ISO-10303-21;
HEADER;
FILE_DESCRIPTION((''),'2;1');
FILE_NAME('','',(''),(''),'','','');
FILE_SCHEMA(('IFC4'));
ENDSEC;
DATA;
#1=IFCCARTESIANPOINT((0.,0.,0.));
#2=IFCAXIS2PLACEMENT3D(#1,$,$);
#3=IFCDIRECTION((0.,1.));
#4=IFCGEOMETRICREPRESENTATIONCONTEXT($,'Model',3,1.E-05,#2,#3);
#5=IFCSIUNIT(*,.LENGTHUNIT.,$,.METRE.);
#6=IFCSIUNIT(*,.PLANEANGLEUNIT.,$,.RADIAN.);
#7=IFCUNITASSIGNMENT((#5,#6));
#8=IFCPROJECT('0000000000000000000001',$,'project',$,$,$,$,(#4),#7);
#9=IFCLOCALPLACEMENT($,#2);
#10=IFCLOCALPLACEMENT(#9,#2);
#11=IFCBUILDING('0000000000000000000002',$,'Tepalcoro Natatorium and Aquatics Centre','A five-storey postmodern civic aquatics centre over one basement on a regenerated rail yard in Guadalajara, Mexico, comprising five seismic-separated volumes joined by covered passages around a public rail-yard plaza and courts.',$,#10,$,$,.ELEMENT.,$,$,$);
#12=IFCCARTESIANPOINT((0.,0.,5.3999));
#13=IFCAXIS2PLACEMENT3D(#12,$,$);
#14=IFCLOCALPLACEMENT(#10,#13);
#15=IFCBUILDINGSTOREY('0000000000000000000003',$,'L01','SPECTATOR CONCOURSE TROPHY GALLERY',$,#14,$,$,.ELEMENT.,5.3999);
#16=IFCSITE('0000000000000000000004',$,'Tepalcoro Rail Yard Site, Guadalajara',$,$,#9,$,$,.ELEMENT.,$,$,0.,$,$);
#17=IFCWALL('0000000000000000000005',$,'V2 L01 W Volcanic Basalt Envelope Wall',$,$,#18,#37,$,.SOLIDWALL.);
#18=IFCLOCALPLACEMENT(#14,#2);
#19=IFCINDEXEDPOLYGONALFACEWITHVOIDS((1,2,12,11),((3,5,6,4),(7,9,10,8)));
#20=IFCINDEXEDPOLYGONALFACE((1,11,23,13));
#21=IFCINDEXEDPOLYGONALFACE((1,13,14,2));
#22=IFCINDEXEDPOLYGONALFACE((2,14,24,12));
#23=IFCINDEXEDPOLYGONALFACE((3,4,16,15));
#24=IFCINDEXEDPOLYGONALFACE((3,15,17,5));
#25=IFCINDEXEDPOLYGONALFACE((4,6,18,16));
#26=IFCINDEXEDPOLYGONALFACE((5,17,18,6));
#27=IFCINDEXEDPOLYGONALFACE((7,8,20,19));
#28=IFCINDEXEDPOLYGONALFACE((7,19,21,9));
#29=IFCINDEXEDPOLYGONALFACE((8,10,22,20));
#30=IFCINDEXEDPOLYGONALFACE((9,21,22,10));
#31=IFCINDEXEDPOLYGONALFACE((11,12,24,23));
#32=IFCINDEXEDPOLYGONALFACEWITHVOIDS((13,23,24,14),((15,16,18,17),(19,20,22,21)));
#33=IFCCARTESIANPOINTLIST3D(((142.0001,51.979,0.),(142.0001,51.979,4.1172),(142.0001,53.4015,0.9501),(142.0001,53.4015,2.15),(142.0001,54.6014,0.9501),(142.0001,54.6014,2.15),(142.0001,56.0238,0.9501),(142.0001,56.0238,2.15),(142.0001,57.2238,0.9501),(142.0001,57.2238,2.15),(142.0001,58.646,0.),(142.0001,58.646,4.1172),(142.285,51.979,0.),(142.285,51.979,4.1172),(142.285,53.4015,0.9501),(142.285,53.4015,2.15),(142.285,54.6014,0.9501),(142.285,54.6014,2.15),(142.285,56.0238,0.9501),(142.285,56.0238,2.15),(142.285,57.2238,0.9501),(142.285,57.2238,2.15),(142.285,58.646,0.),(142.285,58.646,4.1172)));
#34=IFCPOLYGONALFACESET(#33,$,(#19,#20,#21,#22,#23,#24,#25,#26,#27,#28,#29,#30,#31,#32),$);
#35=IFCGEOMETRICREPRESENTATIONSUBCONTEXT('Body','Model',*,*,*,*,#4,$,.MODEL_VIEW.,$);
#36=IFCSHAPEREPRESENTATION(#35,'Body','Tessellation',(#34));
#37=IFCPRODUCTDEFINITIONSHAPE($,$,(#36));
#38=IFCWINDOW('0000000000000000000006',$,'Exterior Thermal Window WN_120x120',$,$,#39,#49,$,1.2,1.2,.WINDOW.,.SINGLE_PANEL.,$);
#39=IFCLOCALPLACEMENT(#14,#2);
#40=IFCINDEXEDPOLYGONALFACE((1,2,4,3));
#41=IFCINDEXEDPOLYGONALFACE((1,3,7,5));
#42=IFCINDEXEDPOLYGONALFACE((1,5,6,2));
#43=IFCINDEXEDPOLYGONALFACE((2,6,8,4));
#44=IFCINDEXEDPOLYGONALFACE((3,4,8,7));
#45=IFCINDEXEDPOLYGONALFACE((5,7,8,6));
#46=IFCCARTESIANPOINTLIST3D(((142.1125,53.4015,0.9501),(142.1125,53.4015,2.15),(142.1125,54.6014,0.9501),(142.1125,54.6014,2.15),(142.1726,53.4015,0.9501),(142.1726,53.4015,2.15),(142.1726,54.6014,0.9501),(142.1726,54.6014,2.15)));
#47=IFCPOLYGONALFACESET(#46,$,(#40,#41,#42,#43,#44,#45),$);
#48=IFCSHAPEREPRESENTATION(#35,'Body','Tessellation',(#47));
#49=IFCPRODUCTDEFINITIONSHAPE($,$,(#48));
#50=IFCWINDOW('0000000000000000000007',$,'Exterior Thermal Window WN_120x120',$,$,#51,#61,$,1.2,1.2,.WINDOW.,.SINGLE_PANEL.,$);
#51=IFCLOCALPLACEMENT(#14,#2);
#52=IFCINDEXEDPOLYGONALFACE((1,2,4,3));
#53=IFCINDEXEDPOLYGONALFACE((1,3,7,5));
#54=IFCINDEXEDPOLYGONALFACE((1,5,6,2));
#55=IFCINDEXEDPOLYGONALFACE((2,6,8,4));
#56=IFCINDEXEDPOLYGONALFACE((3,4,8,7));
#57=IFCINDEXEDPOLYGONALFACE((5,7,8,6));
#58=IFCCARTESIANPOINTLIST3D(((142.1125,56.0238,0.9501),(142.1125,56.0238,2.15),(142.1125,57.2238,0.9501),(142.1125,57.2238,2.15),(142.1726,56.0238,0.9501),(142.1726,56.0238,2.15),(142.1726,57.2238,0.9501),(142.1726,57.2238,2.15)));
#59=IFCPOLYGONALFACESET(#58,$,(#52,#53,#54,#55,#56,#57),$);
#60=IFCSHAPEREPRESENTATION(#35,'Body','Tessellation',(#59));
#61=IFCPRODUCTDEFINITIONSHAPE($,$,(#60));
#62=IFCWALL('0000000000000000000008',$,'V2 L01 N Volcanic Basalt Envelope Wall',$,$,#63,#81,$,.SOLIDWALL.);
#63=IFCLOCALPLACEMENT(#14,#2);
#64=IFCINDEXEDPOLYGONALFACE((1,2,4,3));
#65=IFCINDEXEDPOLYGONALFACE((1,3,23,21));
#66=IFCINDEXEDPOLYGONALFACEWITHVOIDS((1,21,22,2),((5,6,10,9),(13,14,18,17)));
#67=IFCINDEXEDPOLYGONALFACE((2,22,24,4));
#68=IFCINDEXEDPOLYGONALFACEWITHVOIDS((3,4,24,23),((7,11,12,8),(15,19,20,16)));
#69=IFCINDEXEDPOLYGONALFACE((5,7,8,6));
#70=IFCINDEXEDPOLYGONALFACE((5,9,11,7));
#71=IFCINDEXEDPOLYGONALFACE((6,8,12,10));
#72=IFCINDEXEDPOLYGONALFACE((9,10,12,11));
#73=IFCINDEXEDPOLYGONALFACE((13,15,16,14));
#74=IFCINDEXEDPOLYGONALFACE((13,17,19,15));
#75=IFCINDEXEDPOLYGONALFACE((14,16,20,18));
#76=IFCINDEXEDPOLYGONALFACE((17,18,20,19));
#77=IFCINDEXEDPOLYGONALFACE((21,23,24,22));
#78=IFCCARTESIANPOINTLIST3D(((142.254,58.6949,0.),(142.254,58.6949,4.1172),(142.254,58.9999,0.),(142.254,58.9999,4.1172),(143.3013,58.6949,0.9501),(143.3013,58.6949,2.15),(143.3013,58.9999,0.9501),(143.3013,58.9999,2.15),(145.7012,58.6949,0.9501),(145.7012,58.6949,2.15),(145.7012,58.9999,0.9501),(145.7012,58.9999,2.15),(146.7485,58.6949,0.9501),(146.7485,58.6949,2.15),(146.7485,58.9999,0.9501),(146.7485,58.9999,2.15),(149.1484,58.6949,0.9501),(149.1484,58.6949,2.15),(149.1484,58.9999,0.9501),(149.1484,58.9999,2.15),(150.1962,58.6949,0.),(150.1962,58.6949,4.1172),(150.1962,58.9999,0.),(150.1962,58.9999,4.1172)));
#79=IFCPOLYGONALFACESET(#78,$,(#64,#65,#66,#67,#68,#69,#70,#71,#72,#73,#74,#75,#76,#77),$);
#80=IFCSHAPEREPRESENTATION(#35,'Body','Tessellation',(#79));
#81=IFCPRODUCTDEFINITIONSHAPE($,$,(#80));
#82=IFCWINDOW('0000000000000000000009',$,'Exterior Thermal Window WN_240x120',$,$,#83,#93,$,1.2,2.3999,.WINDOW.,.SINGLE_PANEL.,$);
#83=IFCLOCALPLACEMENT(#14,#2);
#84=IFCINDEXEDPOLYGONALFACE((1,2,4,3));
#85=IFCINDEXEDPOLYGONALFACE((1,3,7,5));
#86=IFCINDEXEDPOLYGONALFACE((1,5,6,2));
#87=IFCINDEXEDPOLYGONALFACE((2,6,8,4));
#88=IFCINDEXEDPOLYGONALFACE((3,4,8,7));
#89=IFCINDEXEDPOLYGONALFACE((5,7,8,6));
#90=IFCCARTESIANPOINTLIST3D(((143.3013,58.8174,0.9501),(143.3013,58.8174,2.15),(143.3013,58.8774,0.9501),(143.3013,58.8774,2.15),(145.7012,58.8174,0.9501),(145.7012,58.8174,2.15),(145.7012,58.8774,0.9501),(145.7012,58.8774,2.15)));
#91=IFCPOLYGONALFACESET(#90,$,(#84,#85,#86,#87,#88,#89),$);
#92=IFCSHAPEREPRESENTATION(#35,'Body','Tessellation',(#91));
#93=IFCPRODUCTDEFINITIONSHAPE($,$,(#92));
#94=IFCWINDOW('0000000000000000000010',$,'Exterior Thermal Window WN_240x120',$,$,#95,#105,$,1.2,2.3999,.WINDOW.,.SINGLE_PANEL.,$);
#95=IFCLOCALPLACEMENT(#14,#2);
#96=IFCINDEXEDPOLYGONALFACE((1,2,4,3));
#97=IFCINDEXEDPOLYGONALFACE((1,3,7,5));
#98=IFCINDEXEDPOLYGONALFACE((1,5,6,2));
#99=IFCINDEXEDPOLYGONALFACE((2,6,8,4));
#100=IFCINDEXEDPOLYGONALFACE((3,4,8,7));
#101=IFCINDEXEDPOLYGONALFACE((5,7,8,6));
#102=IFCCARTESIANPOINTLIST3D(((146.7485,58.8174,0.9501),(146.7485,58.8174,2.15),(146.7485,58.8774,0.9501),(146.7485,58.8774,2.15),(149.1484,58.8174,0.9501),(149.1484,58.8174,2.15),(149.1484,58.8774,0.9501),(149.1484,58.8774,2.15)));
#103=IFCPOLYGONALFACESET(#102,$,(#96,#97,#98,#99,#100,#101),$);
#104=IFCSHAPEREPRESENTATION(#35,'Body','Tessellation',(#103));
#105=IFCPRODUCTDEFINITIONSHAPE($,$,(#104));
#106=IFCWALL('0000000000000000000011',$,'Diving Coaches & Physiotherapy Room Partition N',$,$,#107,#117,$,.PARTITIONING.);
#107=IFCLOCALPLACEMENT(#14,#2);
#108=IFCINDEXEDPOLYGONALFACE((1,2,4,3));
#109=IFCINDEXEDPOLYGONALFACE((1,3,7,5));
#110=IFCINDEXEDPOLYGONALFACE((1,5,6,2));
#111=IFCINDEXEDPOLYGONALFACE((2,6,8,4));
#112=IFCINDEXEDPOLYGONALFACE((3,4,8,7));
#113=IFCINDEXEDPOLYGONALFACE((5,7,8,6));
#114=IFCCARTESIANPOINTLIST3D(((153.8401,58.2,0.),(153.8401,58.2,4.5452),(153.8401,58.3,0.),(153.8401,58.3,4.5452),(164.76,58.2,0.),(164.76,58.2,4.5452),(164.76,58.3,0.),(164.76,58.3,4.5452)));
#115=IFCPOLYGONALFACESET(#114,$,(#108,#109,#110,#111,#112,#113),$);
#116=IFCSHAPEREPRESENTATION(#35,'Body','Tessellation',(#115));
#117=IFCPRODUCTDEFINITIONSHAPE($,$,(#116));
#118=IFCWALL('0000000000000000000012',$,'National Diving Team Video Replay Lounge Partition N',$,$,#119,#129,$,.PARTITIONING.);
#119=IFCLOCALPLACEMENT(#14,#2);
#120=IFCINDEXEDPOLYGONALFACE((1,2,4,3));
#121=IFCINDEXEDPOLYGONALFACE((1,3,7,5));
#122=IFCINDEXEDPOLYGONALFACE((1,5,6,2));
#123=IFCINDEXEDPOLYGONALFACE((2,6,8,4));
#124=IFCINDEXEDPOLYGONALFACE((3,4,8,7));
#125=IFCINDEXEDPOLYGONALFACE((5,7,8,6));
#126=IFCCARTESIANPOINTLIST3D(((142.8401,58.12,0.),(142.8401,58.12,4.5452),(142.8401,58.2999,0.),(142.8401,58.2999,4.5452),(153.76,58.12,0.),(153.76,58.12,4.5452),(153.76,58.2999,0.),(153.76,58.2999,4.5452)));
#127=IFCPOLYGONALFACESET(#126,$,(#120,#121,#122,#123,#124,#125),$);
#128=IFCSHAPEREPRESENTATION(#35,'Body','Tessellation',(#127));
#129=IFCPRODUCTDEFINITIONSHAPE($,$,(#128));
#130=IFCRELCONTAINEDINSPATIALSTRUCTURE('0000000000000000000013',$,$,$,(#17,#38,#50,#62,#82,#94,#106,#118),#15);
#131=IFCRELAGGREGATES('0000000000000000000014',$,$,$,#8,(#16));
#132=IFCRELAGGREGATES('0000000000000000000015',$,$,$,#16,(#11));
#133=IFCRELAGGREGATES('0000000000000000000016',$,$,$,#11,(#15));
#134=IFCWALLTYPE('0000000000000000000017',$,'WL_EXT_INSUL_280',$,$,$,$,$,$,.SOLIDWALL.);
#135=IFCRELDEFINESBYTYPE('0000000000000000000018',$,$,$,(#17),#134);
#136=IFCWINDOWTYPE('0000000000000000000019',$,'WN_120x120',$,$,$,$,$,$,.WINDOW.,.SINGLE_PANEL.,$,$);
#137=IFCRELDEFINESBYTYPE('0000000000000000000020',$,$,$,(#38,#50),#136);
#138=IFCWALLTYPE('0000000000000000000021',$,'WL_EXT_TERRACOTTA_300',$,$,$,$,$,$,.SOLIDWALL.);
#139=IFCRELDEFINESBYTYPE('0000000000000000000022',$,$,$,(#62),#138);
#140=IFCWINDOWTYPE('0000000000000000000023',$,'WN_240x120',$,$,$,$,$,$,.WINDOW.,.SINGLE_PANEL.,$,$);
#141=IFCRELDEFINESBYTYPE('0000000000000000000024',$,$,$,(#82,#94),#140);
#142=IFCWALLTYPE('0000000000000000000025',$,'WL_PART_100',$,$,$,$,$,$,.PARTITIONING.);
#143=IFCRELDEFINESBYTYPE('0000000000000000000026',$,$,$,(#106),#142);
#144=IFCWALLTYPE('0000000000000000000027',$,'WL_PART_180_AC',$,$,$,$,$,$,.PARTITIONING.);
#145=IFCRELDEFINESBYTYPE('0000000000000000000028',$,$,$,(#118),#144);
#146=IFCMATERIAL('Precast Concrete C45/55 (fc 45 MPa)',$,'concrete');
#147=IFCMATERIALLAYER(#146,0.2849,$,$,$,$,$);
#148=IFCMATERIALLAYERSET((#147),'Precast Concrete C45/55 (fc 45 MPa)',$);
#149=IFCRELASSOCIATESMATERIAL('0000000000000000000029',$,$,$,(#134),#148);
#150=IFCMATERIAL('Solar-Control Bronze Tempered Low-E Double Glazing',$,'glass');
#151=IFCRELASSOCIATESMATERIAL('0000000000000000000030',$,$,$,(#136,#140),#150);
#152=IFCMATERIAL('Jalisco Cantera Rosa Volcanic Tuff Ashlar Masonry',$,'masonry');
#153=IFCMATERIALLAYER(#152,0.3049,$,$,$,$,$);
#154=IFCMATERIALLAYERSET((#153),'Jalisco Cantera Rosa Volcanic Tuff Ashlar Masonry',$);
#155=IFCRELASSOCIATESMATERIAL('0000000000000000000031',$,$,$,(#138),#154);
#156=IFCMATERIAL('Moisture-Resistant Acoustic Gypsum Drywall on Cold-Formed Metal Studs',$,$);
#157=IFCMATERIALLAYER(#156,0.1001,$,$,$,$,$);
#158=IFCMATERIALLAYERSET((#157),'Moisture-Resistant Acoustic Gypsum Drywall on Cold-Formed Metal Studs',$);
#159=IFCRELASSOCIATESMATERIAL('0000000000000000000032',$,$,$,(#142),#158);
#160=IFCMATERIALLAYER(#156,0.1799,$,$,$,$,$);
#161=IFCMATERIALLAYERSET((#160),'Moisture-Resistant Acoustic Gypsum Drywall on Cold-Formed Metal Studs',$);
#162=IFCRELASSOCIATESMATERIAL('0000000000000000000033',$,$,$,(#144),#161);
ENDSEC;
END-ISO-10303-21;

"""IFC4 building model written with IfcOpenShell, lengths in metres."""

from ifc_helpers import new_model, si_unit, direction, frame, frame_2d, origin, place, context, subcontext, project, spatial, rectangle, extrude, material, layer, layer_set, type_object, element, fill, save


model = new_model("IFC4")

# Units and contexts
model_context = context("Model", 3, precision=1e-05, world=origin(), true_north=direction((0.0, 1.0)))
body_context = subcontext(model_context, "Body", "Model", "MODEL_VIEW")
ifc_project = project(units=[si_unit("LENGTHUNIT", "METRE"), si_unit("PLANEANGLEUNIT", "RADIAN")], contexts=[model_context])

# Site, building, storey
site_placement = place(None, origin())
site = spatial("IfcSite", under=ifc_project, at=site_placement, Name="Tepalcoro Rail Yard Site, Guadalajara", CompositionType="ELEMENT", RefElevation=0.0)
building_placement = place(site_placement, origin())
building = spatial("IfcBuilding", under=site, at=building_placement, Name="Tepalcoro Natatorium and Aquatics Centre", Description="A five-storey postmodern civic aquatics centre over one basement on a regenerated rail yard in Guadalajara, Mexico, comprising five seismic-separated volumes joined by covered passages around a public rail-yard plaza and courts.", CompositionType="ELEMENT")
storey_placement = place(building_placement, frame((0.0, 0.0, 5.3999)))
storey = spatial("IfcBuildingStorey", under=building, at=storey_placement, Name="L01", Description="SPECTATOR CONCOURSE TROPHY GALLERY", CompositionType="ELEMENT", Elevation=5.3999)

# Shared definitions
ifc_material_1 = material(Name="Solar-Control Bronze Tempered Low-E Double Glazing", Category="glass")
ifc_material_2 = material(Name="Jalisco Cantera Rosa Volcanic Tuff Ashlar Masonry", Category="masonry")

# Walls, openings, windows
ifc_material_3 = material(Name="Precast Concrete C45/55 (fc 45 MPa)", Category="concrete")
ifc_layer_1 = layer(ifc_material_3, 0.2849)
ifc_layer_set_1 = layer_set([ifc_layer_1], Name="Precast Concrete C45/55 (fc 45 MPa)")
wall_type_1 = type_object("IfcWallType", Name="WL_EXT_INSUL_280", PredefinedType="SOLIDWALL", material=ifc_layer_set_1)
wall_1_placement = place(storey_placement, frame((142.1426, 51.979, 0.0), z_axis=(0.0, 0.0, 1.0), x_axis=(0.0, 1.0, 0.0)))
wall_1 = element("IfcWall", 1, at=wall_1_placement, inside=storey, type_object=wall_type_1, Name="V2 L01 W Volcanic Basalt Envelope Wall", PredefinedType="SOLIDWALL", context=body_context, shape_type="SweptSolid", body=[
    extrude(rectangle(XDim=6.667, YDim=0.2849, at=frame_2d((3.3335, 0.0))), origin(), (0.0, 0.0, 1.0), 4.1172),
])
opening_1_placement = place(wall_1_placement, frame((1.4224, 0.0, 0.95)))
opening_1 = element("IfcOpeningElement", 2, at=opening_1_placement, cuts=wall_1, PredefinedType="OPENING", context=body_context, shape_type="SweptSolid", body=[
    extrude(rectangle(XDim=1.2, YDim=1.2, at=frame_2d((0.6001, 0.6001))), frame((0.0, 0.1543, 0.0), z_axis=(0.0, -1.0, 0.0), x_axis=(1.0, 0.0, 0.0)), (0.0, 0.0, 1.0), 0.3088),
])
opening_2_placement = place(wall_1_placement, frame((4.0447, 0.0, 0.95)))
opening_2 = element("IfcOpeningElement", 3, at=opening_2_placement, cuts=wall_1, PredefinedType="OPENING", context=body_context, shape_type="SweptSolid", body=[
    extrude(rectangle(XDim=1.2, YDim=1.2, at=frame_2d((0.6001, 0.6001))), frame((0.0, 0.1543, 0.0), z_axis=(0.0, -1.0, 0.0), x_axis=(1.0, 0.0, 0.0)), (0.0, 0.0, 1.0), 0.3088),
])
window_type_1 = type_object("IfcWindowType", Name="WN_120x120", PartitioningType="SINGLE_PANEL", PredefinedType="WINDOW", material=ifc_material_1)
window_1_placement = place(opening_1_placement, origin())
window_1 = element("IfcWindow", 4, at=window_1_placement, inside=storey, type_object=window_type_1, Name="Exterior Thermal Window WN_120x120", OverallHeight=1.2, OverallWidth=1.2, PartitioningType="SINGLE_PANEL", PredefinedType="WINDOW", context=body_context, shape_type="SweptSolid", body=[
    extrude(rectangle(XDim=1.2, YDim=1.2, at=frame_2d((0.6001, 0.6001))), frame((0.0, 0.03, 0.0), z_axis=(0.0, -1.0, 0.0), x_axis=(1.0, 0.0, 0.0)), (0.0, 0.0, 1.0), 0.0601),
])
fill(opening_1, window_1)
window_2_placement = place(opening_2_placement, origin())
window_2 = element("IfcWindow", 5, at=window_2_placement, inside=storey, type_object=window_type_1, Name="Exterior Thermal Window WN_120x120", OverallHeight=1.2, OverallWidth=1.2, PartitioningType="SINGLE_PANEL", PredefinedType="WINDOW", context=body_context, shape_type="SweptSolid", body=[
    extrude(rectangle(XDim=1.2, YDim=1.2, at=frame_2d((0.6001, 0.6001))), frame((0.0, 0.03, 0.0), z_axis=(0.0, -1.0, 0.0), x_axis=(1.0, 0.0, 0.0)), (0.0, 0.0, 1.0), 0.0601),
])
fill(opening_2, window_2)
ifc_layer_2 = layer(ifc_material_2, 0.3049)
ifc_layer_set_2 = layer_set([ifc_layer_2], Name="Jalisco Cantera Rosa Volcanic Tuff Ashlar Masonry")
wall_type_2 = type_object("IfcWallType", Name="WL_EXT_TERRACOTTA_300", PredefinedType="SOLIDWALL", material=ifc_layer_set_2)
wall_2_placement = place(storey_placement, frame((142.2539, 58.8474, 0.0), z_axis=(0.0, 0.0, 1.0), x_axis=(1.0, 0.0, 0.0)))
wall_2 = element("IfcWall", 6, at=wall_2_placement, inside=storey, type_object=wall_type_2, Name="V2 L01 N Volcanic Basalt Envelope Wall", PredefinedType="SOLIDWALL", context=body_context, shape_type="SweptSolid", body=[
    extrude(rectangle(XDim=7.9421, YDim=0.3049, at=frame_2d((3.9712, 0.0))), origin(), (0.0, 0.0, 1.0), 4.1172),
])
opening_3_placement = place(wall_2_placement, frame((1.0474, 0.0, 0.95)))
opening_3 = element("IfcOpeningElement", 7, at=opening_3_placement, cuts=wall_2, PredefinedType="OPENING", context=body_context, shape_type="SweptSolid", body=[
    extrude(rectangle(XDim=2.3999, YDim=1.2, at=frame_2d((1.2, 0.6001))), frame((0.0, 0.1646, 0.0), z_axis=(0.0, -1.0, 0.0), x_axis=(1.0, 0.0, 0.0)), (0.0, 0.0, 1.0), 0.3289),
])
opening_4_placement = place(wall_2_placement, frame((4.4946, 0.0, 0.95)))
opening_4 = element("IfcOpeningElement", 8, at=opening_4_placement, cuts=wall_2, PredefinedType="OPENING", context=body_context, shape_type="SweptSolid", body=[
    extrude(rectangle(XDim=2.3999, YDim=1.2, at=frame_2d((1.2, 0.6001))), frame((0.0, 0.1646, 0.0), z_axis=(0.0, -1.0, 0.0), x_axis=(1.0, 0.0, 0.0)), (0.0, 0.0, 1.0), 0.3289),
])
window_type_2 = type_object("IfcWindowType", Name="WN_240x120", PartitioningType="SINGLE_PANEL", PredefinedType="WINDOW", material=ifc_material_1)
window_3_placement = place(opening_3_placement, origin())
window_3 = element("IfcWindow", 9, at=window_3_placement, inside=storey, type_object=window_type_2, Name="Exterior Thermal Window WN_240x120", OverallHeight=1.2, OverallWidth=2.3999, PartitioningType="SINGLE_PANEL", PredefinedType="WINDOW", context=body_context, shape_type="SweptSolid", body=[
    extrude(rectangle(XDim=2.3999, YDim=1.2, at=frame_2d((1.2, 0.6001))), frame((0.0, 0.03, 0.0), z_axis=(0.0, -1.0, 0.0), x_axis=(1.0, 0.0, 0.0)), (0.0, 0.0, 1.0), 0.0601),
])
fill(opening_3, window_3)
window_4_placement = place(opening_4_placement, origin())
window_4 = element("IfcWindow", 10, at=window_4_placement, inside=storey, type_object=window_type_2, Name="Exterior Thermal Window WN_240x120", OverallHeight=1.2, OverallWidth=2.3999, PartitioningType="SINGLE_PANEL", PredefinedType="WINDOW", context=body_context, shape_type="SweptSolid", body=[
    extrude(rectangle(XDim=2.3999, YDim=1.2, at=frame_2d((1.2, 0.6001))), frame((0.0, 0.03, 0.0), z_axis=(0.0, -1.0, 0.0), x_axis=(1.0, 0.0, 0.0)), (0.0, 0.0, 1.0), 0.0601),
])
fill(opening_4, window_4)

# Walls
ifc_material_4 = material(Name="Moisture-Resistant Acoustic Gypsum Drywall on Cold-Formed Metal Studs")
ifc_layer_3 = layer(ifc_material_4, 0.1001)
ifc_layer_set_3 = layer_set([ifc_layer_3], Name="Moisture-Resistant Acoustic Gypsum Drywall on Cold-Formed Metal Studs")
wall_type_3 = type_object("IfcWallType", Name="WL_PART_100", PredefinedType="PARTITIONING", material=ifc_layer_set_3)
wall_3_placement = place(storey_placement, frame((153.8401, 58.25, 0.0), z_axis=(0.0, 0.0, 1.0), x_axis=(1.0, 0.0, 0.0)))
element("IfcWall", 11, at=wall_3_placement, inside=storey, type_object=wall_type_3, Name="Diving Coaches & Physiotherapy Room Partition N", PredefinedType="PARTITIONING", context=body_context, shape_type="SweptSolid", body=[
    extrude(rectangle(XDim=10.9199, YDim=0.1001, at=frame_2d((5.46, 0.0))), origin(), (0.0, 0.0, 1.0), 4.5452),
])
ifc_layer_4 = layer(ifc_material_4, 0.1799)
ifc_layer_set_4 = layer_set([ifc_layer_4], Name="Moisture-Resistant Acoustic Gypsum Drywall on Cold-Formed Metal Studs")
wall_type_4 = type_object("IfcWallType", Name="WL_PART_180_AC", PredefinedType="PARTITIONING", material=ifc_layer_set_4)
wall_4_placement = place(storey_placement, frame((142.8401, 58.21, 0.0), z_axis=(0.0, 0.0, 1.0), x_axis=(1.0, 0.0, 0.0)))
element("IfcWall", 12, at=wall_4_placement, inside=storey, type_object=wall_type_4, Name="National Diving Team Video Replay Lounge Partition N", PredefinedType="PARTITIONING", context=body_context, shape_type="SweptSolid", body=[
    extrude(rectangle(XDim=10.9199, YDim=0.1799, at=frame_2d((5.46, 0.0))), origin(), (0.0, 0.0, 1.0), 4.5452),
])

save(model, "model.ifc")
